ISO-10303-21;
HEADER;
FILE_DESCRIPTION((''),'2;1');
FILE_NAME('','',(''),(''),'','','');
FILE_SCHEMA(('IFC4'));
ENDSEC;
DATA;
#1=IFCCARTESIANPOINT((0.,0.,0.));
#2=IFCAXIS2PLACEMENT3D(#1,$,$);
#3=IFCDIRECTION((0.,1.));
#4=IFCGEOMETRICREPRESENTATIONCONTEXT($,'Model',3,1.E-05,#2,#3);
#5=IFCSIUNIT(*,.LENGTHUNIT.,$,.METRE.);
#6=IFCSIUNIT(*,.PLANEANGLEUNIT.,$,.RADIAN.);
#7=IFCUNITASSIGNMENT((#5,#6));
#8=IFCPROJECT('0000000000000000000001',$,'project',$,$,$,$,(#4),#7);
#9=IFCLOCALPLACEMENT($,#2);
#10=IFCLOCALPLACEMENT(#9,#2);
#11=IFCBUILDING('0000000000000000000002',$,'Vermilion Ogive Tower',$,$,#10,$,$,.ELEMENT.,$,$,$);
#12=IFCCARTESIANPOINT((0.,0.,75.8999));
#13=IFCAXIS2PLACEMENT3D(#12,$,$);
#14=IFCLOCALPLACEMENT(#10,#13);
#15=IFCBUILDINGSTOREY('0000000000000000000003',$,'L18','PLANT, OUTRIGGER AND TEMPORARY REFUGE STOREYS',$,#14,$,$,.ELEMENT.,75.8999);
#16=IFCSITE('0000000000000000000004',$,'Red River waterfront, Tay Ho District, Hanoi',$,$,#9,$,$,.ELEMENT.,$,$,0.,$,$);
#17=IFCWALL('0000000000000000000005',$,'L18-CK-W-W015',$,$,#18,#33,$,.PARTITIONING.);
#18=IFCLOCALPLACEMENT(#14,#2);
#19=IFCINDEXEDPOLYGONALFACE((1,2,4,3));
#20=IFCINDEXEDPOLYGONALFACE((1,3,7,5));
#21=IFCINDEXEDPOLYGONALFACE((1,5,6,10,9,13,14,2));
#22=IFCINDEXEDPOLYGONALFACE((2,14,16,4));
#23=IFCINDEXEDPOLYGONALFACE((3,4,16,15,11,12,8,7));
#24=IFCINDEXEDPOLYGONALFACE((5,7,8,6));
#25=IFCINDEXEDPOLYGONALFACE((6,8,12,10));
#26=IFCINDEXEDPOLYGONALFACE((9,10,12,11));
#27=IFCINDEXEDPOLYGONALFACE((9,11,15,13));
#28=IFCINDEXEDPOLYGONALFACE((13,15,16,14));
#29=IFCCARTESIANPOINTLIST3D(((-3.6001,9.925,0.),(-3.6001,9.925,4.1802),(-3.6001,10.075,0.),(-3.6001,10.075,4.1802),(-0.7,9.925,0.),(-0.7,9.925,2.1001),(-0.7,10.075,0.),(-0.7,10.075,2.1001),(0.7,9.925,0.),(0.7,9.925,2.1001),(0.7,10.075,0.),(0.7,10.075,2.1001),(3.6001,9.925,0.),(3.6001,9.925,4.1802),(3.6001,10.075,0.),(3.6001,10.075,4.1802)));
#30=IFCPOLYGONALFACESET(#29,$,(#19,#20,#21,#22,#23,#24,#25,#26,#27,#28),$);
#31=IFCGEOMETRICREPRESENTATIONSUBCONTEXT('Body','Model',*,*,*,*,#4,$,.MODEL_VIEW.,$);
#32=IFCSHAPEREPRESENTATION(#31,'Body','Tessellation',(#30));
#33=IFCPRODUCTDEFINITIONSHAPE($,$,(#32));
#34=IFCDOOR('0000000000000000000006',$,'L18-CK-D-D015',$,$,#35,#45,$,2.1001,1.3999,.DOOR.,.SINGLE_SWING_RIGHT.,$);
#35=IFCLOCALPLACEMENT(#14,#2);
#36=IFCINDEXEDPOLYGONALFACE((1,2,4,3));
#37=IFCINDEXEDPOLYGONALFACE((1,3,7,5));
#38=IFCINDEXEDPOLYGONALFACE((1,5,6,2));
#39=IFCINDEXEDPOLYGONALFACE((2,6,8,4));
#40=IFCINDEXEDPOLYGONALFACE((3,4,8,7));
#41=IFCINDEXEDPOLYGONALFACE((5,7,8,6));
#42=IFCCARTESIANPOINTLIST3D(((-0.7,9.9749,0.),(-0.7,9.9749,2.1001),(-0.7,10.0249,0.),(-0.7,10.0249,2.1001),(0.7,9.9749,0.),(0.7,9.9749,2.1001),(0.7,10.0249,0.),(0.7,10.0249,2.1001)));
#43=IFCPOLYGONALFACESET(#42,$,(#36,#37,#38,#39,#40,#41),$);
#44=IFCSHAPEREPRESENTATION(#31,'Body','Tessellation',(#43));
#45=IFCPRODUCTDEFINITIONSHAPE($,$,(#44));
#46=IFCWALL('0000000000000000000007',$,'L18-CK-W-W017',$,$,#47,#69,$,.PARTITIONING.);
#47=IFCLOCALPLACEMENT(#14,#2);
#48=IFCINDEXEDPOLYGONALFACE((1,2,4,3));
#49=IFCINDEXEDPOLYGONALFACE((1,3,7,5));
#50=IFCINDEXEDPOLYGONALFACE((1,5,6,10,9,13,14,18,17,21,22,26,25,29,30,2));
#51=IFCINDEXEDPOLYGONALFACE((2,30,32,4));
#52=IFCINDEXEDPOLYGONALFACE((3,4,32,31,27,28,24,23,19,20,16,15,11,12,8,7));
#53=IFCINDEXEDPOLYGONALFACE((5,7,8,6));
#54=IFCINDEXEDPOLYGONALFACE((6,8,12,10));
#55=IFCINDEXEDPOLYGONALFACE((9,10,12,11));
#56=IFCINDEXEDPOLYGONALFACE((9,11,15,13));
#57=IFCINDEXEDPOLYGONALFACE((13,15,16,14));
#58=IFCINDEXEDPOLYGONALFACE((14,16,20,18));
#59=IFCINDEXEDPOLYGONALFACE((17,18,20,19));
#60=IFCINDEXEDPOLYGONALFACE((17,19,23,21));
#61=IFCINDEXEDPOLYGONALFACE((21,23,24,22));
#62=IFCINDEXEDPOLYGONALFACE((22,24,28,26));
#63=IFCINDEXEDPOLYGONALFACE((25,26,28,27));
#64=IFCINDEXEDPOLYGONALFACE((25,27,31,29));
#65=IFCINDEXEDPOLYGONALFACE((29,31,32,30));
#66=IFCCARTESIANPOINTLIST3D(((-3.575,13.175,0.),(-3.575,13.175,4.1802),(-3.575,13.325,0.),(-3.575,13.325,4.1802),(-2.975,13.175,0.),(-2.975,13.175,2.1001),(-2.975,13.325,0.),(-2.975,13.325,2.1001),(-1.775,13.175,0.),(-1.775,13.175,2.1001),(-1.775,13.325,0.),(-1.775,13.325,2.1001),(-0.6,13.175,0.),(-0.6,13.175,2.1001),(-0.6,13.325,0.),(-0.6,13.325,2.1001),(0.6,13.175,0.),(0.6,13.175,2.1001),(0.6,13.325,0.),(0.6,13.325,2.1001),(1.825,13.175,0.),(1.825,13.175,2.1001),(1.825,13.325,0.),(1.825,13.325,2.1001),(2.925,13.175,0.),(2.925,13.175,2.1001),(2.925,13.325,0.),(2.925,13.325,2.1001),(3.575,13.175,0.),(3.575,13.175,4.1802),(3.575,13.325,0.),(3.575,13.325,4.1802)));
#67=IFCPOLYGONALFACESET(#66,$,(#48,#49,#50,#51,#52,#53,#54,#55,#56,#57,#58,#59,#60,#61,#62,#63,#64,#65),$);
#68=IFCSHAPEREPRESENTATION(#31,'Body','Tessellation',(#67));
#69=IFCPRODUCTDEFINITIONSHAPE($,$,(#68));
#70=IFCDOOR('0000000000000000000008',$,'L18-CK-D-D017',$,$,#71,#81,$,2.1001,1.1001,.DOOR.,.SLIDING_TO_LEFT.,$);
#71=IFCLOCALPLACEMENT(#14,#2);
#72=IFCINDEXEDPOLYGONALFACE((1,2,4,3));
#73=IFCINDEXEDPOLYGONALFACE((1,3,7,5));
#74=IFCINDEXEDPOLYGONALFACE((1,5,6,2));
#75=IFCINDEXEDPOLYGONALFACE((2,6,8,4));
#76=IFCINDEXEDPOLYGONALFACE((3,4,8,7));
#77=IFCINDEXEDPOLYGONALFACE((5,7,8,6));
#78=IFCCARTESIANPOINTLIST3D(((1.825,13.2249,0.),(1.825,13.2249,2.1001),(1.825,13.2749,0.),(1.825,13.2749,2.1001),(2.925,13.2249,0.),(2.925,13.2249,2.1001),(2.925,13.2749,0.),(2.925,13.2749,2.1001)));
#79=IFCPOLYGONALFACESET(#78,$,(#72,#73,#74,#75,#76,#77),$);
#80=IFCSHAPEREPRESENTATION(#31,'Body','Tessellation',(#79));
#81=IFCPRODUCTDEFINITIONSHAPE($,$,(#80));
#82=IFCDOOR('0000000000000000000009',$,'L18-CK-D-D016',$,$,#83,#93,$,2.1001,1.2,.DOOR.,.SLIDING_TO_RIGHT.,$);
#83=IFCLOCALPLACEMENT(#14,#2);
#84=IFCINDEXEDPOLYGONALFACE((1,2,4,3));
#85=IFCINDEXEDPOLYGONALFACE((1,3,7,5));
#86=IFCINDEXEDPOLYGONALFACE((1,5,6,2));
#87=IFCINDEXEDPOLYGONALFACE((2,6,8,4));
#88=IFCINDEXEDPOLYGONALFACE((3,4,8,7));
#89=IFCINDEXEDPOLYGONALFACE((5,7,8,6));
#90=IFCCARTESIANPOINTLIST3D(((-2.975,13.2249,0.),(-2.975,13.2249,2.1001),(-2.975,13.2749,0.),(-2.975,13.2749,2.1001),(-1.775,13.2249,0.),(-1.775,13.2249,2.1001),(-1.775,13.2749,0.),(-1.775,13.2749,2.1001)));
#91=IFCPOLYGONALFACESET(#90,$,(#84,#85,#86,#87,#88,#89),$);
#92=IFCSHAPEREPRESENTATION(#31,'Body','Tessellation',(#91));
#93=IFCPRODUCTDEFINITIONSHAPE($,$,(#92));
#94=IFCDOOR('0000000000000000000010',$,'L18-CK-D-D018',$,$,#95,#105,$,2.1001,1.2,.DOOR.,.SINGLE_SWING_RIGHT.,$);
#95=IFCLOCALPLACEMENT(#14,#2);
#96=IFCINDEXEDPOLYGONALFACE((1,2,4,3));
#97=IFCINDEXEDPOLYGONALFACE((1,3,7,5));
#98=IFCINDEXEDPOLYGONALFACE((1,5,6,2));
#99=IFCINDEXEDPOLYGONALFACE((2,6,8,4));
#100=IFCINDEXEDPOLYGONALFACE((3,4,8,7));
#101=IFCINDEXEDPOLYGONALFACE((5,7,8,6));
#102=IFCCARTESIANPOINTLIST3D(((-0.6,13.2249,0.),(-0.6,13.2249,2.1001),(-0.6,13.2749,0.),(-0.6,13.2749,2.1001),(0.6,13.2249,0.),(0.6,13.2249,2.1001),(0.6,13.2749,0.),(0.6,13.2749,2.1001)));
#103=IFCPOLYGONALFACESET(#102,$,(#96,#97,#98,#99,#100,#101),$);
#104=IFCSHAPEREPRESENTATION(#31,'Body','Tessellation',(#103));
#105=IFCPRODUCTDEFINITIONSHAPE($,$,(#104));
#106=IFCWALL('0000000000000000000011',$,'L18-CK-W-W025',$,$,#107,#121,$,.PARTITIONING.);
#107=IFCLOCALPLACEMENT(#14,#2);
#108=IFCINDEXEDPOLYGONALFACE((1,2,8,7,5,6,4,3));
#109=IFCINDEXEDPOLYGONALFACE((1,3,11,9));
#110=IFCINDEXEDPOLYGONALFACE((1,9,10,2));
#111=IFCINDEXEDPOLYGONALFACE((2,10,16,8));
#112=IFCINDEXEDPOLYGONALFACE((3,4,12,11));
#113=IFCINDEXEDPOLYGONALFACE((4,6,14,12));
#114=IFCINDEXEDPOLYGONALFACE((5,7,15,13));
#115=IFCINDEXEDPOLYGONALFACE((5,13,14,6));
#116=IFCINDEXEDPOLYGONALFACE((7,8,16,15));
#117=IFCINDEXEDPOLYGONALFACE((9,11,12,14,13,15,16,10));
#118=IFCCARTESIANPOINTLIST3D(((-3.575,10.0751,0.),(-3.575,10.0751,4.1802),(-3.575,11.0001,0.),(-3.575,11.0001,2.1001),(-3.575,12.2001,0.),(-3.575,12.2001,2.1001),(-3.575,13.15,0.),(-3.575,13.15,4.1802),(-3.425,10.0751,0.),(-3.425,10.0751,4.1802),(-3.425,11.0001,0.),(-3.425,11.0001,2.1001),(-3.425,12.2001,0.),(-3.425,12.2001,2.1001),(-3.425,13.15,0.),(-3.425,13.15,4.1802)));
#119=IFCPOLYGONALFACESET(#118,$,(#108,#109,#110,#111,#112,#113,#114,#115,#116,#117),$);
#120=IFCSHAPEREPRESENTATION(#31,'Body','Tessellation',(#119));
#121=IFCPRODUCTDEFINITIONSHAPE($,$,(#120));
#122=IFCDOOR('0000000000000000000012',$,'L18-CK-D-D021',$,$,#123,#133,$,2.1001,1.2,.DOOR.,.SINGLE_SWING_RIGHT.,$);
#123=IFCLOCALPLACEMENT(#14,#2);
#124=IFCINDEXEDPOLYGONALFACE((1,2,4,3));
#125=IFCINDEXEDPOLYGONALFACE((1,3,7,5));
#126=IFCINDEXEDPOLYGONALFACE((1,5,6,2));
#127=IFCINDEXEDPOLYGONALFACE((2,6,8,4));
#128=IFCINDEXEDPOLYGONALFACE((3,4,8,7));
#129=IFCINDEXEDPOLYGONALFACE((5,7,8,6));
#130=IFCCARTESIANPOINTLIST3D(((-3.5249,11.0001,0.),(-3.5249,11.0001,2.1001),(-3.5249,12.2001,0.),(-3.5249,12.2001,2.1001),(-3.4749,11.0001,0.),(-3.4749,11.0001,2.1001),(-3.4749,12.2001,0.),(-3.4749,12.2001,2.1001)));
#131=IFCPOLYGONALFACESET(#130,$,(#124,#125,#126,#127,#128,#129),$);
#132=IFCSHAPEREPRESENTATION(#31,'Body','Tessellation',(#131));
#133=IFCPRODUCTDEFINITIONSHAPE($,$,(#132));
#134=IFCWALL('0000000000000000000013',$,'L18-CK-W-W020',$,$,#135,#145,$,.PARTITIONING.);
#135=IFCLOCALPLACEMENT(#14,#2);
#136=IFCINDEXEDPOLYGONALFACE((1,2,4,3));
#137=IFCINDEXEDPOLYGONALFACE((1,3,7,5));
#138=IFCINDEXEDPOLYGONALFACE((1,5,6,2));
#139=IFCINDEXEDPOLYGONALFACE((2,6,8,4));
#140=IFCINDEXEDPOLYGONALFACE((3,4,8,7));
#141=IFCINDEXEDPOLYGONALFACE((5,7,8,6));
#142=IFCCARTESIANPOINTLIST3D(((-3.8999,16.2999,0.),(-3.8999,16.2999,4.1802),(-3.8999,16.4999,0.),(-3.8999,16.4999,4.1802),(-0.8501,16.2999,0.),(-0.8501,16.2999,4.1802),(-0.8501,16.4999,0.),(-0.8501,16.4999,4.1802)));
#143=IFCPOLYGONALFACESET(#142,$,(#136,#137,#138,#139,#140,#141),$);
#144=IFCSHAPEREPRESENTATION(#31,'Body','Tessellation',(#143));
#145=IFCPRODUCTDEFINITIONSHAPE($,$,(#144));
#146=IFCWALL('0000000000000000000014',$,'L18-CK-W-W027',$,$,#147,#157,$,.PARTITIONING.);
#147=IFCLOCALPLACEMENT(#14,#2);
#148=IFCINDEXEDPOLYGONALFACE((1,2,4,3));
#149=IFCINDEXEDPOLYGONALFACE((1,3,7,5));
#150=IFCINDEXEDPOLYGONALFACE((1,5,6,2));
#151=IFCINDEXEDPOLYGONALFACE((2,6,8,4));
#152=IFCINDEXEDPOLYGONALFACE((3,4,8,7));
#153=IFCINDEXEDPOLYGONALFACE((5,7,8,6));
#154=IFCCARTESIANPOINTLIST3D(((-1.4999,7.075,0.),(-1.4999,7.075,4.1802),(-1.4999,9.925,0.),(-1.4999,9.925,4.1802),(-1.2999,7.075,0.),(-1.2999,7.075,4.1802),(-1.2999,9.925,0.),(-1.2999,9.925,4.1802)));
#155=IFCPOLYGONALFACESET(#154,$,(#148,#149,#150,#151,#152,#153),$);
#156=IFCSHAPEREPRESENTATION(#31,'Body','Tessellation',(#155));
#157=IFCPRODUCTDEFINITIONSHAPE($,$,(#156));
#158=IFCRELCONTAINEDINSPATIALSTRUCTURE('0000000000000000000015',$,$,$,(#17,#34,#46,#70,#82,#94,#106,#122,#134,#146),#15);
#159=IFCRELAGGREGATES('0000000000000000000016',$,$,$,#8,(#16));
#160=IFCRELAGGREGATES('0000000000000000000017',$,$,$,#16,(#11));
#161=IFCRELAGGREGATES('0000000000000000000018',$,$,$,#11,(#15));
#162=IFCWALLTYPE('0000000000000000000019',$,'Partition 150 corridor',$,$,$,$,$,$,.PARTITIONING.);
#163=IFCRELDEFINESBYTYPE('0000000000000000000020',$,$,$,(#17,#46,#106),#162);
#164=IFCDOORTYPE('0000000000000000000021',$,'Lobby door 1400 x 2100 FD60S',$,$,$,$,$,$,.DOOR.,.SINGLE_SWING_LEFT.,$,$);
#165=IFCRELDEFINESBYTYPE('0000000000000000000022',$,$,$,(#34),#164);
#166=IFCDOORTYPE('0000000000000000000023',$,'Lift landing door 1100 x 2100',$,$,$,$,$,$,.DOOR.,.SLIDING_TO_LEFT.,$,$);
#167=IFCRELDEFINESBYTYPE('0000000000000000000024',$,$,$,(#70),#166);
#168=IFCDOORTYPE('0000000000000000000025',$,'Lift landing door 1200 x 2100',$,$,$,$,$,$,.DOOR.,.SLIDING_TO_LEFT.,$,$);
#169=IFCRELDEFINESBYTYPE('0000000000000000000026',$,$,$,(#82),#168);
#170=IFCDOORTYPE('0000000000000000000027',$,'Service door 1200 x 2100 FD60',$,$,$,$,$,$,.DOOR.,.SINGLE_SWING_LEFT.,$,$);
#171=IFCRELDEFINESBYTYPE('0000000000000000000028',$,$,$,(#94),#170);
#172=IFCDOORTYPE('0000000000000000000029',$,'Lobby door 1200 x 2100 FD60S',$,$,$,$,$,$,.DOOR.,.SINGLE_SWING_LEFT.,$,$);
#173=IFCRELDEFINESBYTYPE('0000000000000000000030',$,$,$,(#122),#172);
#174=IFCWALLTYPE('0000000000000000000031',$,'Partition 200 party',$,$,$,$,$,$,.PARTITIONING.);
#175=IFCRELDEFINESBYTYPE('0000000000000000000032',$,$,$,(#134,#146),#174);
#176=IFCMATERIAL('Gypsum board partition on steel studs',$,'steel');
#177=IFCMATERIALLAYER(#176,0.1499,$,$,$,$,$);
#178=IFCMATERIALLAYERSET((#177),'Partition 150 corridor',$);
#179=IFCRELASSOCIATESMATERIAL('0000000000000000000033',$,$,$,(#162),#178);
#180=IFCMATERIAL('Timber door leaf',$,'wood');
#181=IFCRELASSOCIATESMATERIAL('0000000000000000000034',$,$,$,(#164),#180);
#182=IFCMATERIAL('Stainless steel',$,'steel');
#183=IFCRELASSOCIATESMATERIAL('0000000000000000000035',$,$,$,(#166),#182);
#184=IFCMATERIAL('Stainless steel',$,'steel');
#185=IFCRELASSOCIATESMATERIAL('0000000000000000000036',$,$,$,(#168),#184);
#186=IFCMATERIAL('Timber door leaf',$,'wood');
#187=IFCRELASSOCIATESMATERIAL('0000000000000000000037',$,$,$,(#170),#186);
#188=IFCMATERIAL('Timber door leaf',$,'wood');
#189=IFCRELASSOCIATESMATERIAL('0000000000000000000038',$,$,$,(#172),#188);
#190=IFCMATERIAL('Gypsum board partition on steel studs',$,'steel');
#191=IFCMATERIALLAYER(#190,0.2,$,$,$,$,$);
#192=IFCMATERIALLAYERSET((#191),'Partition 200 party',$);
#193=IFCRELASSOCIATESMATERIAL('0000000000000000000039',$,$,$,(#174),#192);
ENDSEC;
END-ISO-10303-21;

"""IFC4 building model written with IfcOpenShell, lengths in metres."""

from ifc_helpers import new_model, si_unit, direction, frame, frame_2d, origin, place, context, subcontext, project, spatial, rectangle, extrude, material, layer, layer_set, type_object, element, fill, save


model = new_model("IFC4")

# Units and contexts
model_context = context("Model", 3, precision=1e-05, world=origin(), true_north=direction((0.0, 1.0)))
body_context = subcontext(model_context, "Body", "Model", "MODEL_VIEW")
ifc_project = project(units=[si_unit("LENGTHUNIT", "METRE"), si_unit("PLANEANGLEUNIT", "RADIAN")], contexts=[model_context])

# Site, building, storey
site_placement = place(None, origin())
site = spatial("IfcSite", under=ifc_project, at=site_placement, Name="Red River waterfront, Tay Ho District, Hanoi", CompositionType="ELEMENT", RefElevation=0.0)
building_placement = place(site_placement, origin())
building = spatial("IfcBuilding", under=site, at=building_placement, Name="Vermilion Ogive Tower", CompositionType="ELEMENT")
storey_placement = place(building_placement, frame((0.0, 0.0, 75.8999)))
storey = spatial("IfcBuildingStorey", under=building, at=storey_placement, Name="L18", Description="PLANT, OUTRIGGER AND TEMPORARY REFUGE STOREYS", CompositionType="ELEMENT", Elevation=75.8999)

# Wall, opening, door
ifc_material_1 = material(Name="Gypsum board partition on steel studs", Category="steel")
ifc_layer_1 = layer(ifc_material_1, 0.1499)
ifc_layer_set_1 = layer_set([ifc_layer_1], Name="Partition 150 corridor")
wall_type_1 = type_object("IfcWallType", Name="Partition 150 corridor", PredefinedType="PARTITIONING", material=ifc_layer_set_1)
wall_1_placement = place(storey_placement, frame((-3.6001, 10.0, 0.0), z_axis=(0.0, 0.0, 1.0), x_axis=(1.0, 0.0, 0.0)))
wall_1 = element("IfcWall", 1, at=wall_1_placement, inside=storey, type_object=wall_type_1, Name="L18-CK-W-W015", PredefinedType="PARTITIONING", context=body_context, shape_type="SweptSolid", body=[
    extrude(rectangle(XDim=7.2002, YDim=0.1499, at=frame_2d((3.6001, 0.0))), origin(), (0.0, 0.0, 1.0), 4.1802),
])
opening_1_placement = place(wall_1_placement, frame((2.9001, 0.0, 0.0)))
opening_1 = element("IfcOpeningElement", 2, at=opening_1_placement, cuts=wall_1, PredefinedType="OPENING", context=body_context, shape_type="SweptSolid", body=[
    extrude(rectangle(XDim=1.3999, YDim=2.1001, at=frame_2d((0.7, 1.05))), frame((0.0, 0.085, 0.0), z_axis=(0.0, -1.0, 0.0), x_axis=(1.0, 0.0, 0.0)), (0.0, 0.0, 1.0), 0.1699),
])
ifc_material_2 = material(Name="Timber door leaf", Category="wood")
door_type_1 = type_object("IfcDoorType", Name="Lobby door 1400 x 2100 FD60S", OperationType="SINGLE_SWING_LEFT", PredefinedType="DOOR", material=ifc_material_2)
door_1_placement = place(opening_1_placement, origin())
door_1 = element("IfcDoor", 3, at=door_1_placement, inside=storey, type_object=door_type_1, Name="L18-CK-D-D015", OperationType="SINGLE_SWING_RIGHT", OverallHeight=2.1001, OverallWidth=1.3999, PredefinedType="DOOR", context=body_context, shape_type="SweptSolid", body=[
    extrude(rectangle(XDim=1.3999, YDim=2.1001, at=frame_2d((0.7, 1.05))), frame((0.0, 0.0249, 0.0), z_axis=(0.0, -1.0, 0.0), x_axis=(1.0, 0.0, 0.0)), (0.0, 0.0, 1.0), 0.05),
])
fill(opening_1, door_1)

# Wall, openings, doors
wall_2_placement = place(storey_placement, frame((-3.575, 13.25, 0.0), z_axis=(0.0, 0.0, 1.0), x_axis=(1.0, 0.0, 0.0)))
wall_2 = element("IfcWall", 4, at=wall_2_placement, inside=storey, type_object=wall_type_1, Name="L18-CK-W-W017", PredefinedType="PARTITIONING", context=body_context, shape_type="SweptSolid", body=[
    extrude(rectangle(XDim=7.1499, YDim=0.1499, at=frame_2d((3.575, 0.0))), origin(), (0.0, 0.0, 1.0), 4.1802),
])
opening_2_placement = place(wall_2_placement, frame((0.5999, 0.0, 0.0)))
opening_2 = element("IfcOpeningElement", 5, at=opening_2_placement, cuts=wall_2, PredefinedType="OPENING", context=body_context, shape_type="SweptSolid", body=[
    extrude(rectangle(XDim=1.2, YDim=2.1001, at=frame_2d((0.6001, 1.05))), frame((0.0, 0.085, 0.0), z_axis=(0.0, -1.0, 0.0), x_axis=(1.0, 0.0, 0.0)), (0.0, 0.0, 1.0), 0.1699),
])
opening_3_placement = place(wall_2_placement, frame((5.3999, 0.0, 0.0)))
opening_3 = element("IfcOpeningElement", 6, at=opening_3_placement, cuts=wall_2, PredefinedType="OPENING", context=body_context, shape_type="SweptSolid", body=[
    extrude(rectangle(XDim=1.1001, YDim=2.1001, at=frame_2d((0.55, 1.05))), frame((0.0, 0.085, 0.0), z_axis=(0.0, -1.0, 0.0), x_axis=(1.0, 0.0, 0.0)), (0.0, 0.0, 1.0), 0.1699),
])
opening_4_placement = place(wall_2_placement, frame((2.9749, 0.0, 0.0)))
opening_4 = element("IfcOpeningElement", 7, at=opening_4_placement, cuts=wall_2, PredefinedType="OPENING", context=body_context, shape_type="SweptSolid", body=[
    extrude(rectangle(XDim=1.2, YDim=2.1001, at=frame_2d((0.6001, 1.05))), frame((0.0, 0.085, 0.0), z_axis=(0.0, -1.0, 0.0), x_axis=(1.0, 0.0, 0.0)), (0.0, 0.0, 1.0), 0.1699),
])
ifc_material_3 = material(Name="Stainless steel", Category="steel")
door_type_2 = type_object("IfcDoorType", Name="Lift landing door 1100 x 2100", OperationType="SLIDING_TO_LEFT", PredefinedType="DOOR", material=ifc_material_3)
door_2_placement = place(opening_3_placement, origin())
door_2 = element("IfcDoor", 8, at=door_2_placement, inside=storey, type_object=door_type_2, Name="L18-CK-D-D017", OperationType="SLIDING_TO_LEFT", OverallHeight=2.1001, OverallWidth=1.1001, PredefinedType="DOOR", context=body_context, shape_type="SweptSolid", body=[
    extrude(rectangle(XDim=1.1001, YDim=2.1001, at=frame_2d((0.55, 1.05))), frame((0.0, 0.0249, 0.0), z_axis=(0.0, -1.0, 0.0), x_axis=(1.0, 0.0, 0.0)), (0.0, 0.0, 1.0), 0.05),
])
fill(opening_3, door_2)
ifc_material_4 = material(Name="Stainless steel", Category="steel")
door_type_3 = type_object("IfcDoorType", Name="Lift landing door 1200 x 2100", OperationType="SLIDING_TO_LEFT", PredefinedType="DOOR", material=ifc_material_4)
door_3_placement = place(opening_2_placement, origin())
door_3 = element("IfcDoor", 9, at=door_3_placement, inside=storey, type_object=door_type_3, Name="L18-CK-D-D016", OperationType="SLIDING_TO_RIGHT", OverallHeight=2.1001, OverallWidth=1.2, PredefinedType="DOOR", context=body_context, shape_type="SweptSolid", body=[
    extrude(rectangle(XDim=1.2, YDim=2.1001, at=frame_2d((0.6001, 1.05))), frame((0.0, 0.0249, 0.0), z_axis=(0.0, -1.0, 0.0), x_axis=(1.0, 0.0, 0.0)), (0.0, 0.0, 1.0), 0.05),
])
fill(opening_2, door_3)
ifc_material_5 = material(Name="Timber door leaf", Category="wood")
door_type_4 = type_object("IfcDoorType", Name="Service door 1200 x 2100 FD60", OperationType="SINGLE_SWING_LEFT", PredefinedType="DOOR", material=ifc_material_5)
door_4_placement = place(opening_4_placement, origin())
door_4 = element("IfcDoor", 10, at=door_4_placement, inside=storey, type_object=door_type_4, Name="L18-CK-D-D018", OperationType="SINGLE_SWING_RIGHT", OverallHeight=2.1001, OverallWidth=1.2, PredefinedType="DOOR", context=body_context, shape_type="SweptSolid", body=[
    extrude(rectangle(XDim=1.2, YDim=2.1001, at=frame_2d((0.6001, 1.05))), frame((0.0, 0.0249, 0.0), z_axis=(0.0, -1.0, 0.0), x_axis=(1.0, 0.0, 0.0)), (0.0, 0.0, 1.0), 0.05),
])
fill(opening_4, door_4)

# Wall, opening, door
wall_3_placement = place(storey_placement, frame((-3.5, 10.075, 0.0), z_axis=(0.0, 0.0, 1.0), x_axis=(0.0, 1.0, 0.0)))
wall_3 = element("IfcWall", 11, at=wall_3_placement, inside=storey, type_object=wall_type_1, Name="L18-CK-W-W025", PredefinedType="PARTITIONING", context=body_context, shape_type="SweptSolid", body=[
    extrude(rectangle(XDim=3.075, YDim=0.1499, at=frame_2d((1.5376, 0.0))), origin(), (0.0, 0.0, 1.0), 4.1802),
])
opening_5_placement = place(wall_3_placement, frame((0.925, 0.0, 0.0)))
opening_5 = element("IfcOpeningElement", 12, at=opening_5_placement, cuts=wall_3, PredefinedType="OPENING", context=body_context, shape_type="SweptSolid", body=[
    extrude(rectangle(XDim=1.2, YDim=2.1001, at=frame_2d((0.6001, 1.05))), frame((0.0, 0.085, 0.0), z_axis=(0.0, -1.0, 0.0), x_axis=(1.0, 0.0, 0.0)), (0.0, 0.0, 1.0), 0.1699),
])
ifc_material_6 = material(Name="Timber door leaf", Category="wood")
door_type_5 = type_object("IfcDoorType", Name="Lobby door 1200 x 2100 FD60S", OperationType="SINGLE_SWING_LEFT", PredefinedType="DOOR", material=ifc_material_6)
door_5_placement = place(opening_5_placement, origin())
door_5 = element("IfcDoor", 13, at=door_5_placement, inside=storey, type_object=door_type_5, Name="L18-CK-D-D021", OperationType="SINGLE_SWING_RIGHT", OverallHeight=2.1001, OverallWidth=1.2, PredefinedType="DOOR", context=body_context, shape_type="SweptSolid", body=[
    extrude(rectangle(XDim=1.2, YDim=2.1001, at=frame_2d((0.6001, 1.05))), frame((0.0, 0.0249, 0.0), z_axis=(0.0, -1.0, 0.0), x_axis=(1.0, 0.0, 0.0)), (0.0, 0.0, 1.0), 0.05),
])
fill(opening_5, door_5)

# Walls
ifc_material_7 = material(Name="Gypsum board partition on steel studs", Category="steel")
ifc_layer_2 = layer(ifc_material_7, 0.2)
ifc_layer_set_2 = layer_set([ifc_layer_2], Name="Partition 200 party")
wall_type_2 = type_object("IfcWallType", Name="Partition 200 party", PredefinedType="PARTITIONING", material=ifc_layer_set_2)
wall_4_placement = place(storey_placement, frame((-3.8999, 16.3999, 0.0), z_axis=(0.0, 0.0, 1.0), x_axis=(1.0, 0.0, 0.0)))
element("IfcWall", 14, at=wall_4_placement, inside=storey, type_object=wall_type_2, Name="L18-CK-W-W020", PredefinedType="PARTITIONING", context=body_context, shape_type="SweptSolid", body=[
    extrude(rectangle(XDim=3.0498, YDim=0.2, at=frame_2d((1.5249, 0.0))), origin(), (0.0, 0.0, 1.0), 4.1802),
])
wall_5_placement = place(storey_placement, frame((-1.3999, 7.075, 0.0), z_axis=(0.0, 0.0, 1.0), x_axis=(0.0, 1.0, 0.0)))
element("IfcWall", 15, at=wall_5_placement, inside=storey, type_object=wall_type_2, Name="L18-CK-W-W027", PredefinedType="PARTITIONING", context=body_context, shape_type="SweptSolid", body=[
    extrude(rectangle(XDim=2.8501, YDim=0.2, at=frame_2d((1.425, 0.0))), origin(), (0.0, 0.0, 1.0), 4.1802),
])

save(model, "model.ifc")
